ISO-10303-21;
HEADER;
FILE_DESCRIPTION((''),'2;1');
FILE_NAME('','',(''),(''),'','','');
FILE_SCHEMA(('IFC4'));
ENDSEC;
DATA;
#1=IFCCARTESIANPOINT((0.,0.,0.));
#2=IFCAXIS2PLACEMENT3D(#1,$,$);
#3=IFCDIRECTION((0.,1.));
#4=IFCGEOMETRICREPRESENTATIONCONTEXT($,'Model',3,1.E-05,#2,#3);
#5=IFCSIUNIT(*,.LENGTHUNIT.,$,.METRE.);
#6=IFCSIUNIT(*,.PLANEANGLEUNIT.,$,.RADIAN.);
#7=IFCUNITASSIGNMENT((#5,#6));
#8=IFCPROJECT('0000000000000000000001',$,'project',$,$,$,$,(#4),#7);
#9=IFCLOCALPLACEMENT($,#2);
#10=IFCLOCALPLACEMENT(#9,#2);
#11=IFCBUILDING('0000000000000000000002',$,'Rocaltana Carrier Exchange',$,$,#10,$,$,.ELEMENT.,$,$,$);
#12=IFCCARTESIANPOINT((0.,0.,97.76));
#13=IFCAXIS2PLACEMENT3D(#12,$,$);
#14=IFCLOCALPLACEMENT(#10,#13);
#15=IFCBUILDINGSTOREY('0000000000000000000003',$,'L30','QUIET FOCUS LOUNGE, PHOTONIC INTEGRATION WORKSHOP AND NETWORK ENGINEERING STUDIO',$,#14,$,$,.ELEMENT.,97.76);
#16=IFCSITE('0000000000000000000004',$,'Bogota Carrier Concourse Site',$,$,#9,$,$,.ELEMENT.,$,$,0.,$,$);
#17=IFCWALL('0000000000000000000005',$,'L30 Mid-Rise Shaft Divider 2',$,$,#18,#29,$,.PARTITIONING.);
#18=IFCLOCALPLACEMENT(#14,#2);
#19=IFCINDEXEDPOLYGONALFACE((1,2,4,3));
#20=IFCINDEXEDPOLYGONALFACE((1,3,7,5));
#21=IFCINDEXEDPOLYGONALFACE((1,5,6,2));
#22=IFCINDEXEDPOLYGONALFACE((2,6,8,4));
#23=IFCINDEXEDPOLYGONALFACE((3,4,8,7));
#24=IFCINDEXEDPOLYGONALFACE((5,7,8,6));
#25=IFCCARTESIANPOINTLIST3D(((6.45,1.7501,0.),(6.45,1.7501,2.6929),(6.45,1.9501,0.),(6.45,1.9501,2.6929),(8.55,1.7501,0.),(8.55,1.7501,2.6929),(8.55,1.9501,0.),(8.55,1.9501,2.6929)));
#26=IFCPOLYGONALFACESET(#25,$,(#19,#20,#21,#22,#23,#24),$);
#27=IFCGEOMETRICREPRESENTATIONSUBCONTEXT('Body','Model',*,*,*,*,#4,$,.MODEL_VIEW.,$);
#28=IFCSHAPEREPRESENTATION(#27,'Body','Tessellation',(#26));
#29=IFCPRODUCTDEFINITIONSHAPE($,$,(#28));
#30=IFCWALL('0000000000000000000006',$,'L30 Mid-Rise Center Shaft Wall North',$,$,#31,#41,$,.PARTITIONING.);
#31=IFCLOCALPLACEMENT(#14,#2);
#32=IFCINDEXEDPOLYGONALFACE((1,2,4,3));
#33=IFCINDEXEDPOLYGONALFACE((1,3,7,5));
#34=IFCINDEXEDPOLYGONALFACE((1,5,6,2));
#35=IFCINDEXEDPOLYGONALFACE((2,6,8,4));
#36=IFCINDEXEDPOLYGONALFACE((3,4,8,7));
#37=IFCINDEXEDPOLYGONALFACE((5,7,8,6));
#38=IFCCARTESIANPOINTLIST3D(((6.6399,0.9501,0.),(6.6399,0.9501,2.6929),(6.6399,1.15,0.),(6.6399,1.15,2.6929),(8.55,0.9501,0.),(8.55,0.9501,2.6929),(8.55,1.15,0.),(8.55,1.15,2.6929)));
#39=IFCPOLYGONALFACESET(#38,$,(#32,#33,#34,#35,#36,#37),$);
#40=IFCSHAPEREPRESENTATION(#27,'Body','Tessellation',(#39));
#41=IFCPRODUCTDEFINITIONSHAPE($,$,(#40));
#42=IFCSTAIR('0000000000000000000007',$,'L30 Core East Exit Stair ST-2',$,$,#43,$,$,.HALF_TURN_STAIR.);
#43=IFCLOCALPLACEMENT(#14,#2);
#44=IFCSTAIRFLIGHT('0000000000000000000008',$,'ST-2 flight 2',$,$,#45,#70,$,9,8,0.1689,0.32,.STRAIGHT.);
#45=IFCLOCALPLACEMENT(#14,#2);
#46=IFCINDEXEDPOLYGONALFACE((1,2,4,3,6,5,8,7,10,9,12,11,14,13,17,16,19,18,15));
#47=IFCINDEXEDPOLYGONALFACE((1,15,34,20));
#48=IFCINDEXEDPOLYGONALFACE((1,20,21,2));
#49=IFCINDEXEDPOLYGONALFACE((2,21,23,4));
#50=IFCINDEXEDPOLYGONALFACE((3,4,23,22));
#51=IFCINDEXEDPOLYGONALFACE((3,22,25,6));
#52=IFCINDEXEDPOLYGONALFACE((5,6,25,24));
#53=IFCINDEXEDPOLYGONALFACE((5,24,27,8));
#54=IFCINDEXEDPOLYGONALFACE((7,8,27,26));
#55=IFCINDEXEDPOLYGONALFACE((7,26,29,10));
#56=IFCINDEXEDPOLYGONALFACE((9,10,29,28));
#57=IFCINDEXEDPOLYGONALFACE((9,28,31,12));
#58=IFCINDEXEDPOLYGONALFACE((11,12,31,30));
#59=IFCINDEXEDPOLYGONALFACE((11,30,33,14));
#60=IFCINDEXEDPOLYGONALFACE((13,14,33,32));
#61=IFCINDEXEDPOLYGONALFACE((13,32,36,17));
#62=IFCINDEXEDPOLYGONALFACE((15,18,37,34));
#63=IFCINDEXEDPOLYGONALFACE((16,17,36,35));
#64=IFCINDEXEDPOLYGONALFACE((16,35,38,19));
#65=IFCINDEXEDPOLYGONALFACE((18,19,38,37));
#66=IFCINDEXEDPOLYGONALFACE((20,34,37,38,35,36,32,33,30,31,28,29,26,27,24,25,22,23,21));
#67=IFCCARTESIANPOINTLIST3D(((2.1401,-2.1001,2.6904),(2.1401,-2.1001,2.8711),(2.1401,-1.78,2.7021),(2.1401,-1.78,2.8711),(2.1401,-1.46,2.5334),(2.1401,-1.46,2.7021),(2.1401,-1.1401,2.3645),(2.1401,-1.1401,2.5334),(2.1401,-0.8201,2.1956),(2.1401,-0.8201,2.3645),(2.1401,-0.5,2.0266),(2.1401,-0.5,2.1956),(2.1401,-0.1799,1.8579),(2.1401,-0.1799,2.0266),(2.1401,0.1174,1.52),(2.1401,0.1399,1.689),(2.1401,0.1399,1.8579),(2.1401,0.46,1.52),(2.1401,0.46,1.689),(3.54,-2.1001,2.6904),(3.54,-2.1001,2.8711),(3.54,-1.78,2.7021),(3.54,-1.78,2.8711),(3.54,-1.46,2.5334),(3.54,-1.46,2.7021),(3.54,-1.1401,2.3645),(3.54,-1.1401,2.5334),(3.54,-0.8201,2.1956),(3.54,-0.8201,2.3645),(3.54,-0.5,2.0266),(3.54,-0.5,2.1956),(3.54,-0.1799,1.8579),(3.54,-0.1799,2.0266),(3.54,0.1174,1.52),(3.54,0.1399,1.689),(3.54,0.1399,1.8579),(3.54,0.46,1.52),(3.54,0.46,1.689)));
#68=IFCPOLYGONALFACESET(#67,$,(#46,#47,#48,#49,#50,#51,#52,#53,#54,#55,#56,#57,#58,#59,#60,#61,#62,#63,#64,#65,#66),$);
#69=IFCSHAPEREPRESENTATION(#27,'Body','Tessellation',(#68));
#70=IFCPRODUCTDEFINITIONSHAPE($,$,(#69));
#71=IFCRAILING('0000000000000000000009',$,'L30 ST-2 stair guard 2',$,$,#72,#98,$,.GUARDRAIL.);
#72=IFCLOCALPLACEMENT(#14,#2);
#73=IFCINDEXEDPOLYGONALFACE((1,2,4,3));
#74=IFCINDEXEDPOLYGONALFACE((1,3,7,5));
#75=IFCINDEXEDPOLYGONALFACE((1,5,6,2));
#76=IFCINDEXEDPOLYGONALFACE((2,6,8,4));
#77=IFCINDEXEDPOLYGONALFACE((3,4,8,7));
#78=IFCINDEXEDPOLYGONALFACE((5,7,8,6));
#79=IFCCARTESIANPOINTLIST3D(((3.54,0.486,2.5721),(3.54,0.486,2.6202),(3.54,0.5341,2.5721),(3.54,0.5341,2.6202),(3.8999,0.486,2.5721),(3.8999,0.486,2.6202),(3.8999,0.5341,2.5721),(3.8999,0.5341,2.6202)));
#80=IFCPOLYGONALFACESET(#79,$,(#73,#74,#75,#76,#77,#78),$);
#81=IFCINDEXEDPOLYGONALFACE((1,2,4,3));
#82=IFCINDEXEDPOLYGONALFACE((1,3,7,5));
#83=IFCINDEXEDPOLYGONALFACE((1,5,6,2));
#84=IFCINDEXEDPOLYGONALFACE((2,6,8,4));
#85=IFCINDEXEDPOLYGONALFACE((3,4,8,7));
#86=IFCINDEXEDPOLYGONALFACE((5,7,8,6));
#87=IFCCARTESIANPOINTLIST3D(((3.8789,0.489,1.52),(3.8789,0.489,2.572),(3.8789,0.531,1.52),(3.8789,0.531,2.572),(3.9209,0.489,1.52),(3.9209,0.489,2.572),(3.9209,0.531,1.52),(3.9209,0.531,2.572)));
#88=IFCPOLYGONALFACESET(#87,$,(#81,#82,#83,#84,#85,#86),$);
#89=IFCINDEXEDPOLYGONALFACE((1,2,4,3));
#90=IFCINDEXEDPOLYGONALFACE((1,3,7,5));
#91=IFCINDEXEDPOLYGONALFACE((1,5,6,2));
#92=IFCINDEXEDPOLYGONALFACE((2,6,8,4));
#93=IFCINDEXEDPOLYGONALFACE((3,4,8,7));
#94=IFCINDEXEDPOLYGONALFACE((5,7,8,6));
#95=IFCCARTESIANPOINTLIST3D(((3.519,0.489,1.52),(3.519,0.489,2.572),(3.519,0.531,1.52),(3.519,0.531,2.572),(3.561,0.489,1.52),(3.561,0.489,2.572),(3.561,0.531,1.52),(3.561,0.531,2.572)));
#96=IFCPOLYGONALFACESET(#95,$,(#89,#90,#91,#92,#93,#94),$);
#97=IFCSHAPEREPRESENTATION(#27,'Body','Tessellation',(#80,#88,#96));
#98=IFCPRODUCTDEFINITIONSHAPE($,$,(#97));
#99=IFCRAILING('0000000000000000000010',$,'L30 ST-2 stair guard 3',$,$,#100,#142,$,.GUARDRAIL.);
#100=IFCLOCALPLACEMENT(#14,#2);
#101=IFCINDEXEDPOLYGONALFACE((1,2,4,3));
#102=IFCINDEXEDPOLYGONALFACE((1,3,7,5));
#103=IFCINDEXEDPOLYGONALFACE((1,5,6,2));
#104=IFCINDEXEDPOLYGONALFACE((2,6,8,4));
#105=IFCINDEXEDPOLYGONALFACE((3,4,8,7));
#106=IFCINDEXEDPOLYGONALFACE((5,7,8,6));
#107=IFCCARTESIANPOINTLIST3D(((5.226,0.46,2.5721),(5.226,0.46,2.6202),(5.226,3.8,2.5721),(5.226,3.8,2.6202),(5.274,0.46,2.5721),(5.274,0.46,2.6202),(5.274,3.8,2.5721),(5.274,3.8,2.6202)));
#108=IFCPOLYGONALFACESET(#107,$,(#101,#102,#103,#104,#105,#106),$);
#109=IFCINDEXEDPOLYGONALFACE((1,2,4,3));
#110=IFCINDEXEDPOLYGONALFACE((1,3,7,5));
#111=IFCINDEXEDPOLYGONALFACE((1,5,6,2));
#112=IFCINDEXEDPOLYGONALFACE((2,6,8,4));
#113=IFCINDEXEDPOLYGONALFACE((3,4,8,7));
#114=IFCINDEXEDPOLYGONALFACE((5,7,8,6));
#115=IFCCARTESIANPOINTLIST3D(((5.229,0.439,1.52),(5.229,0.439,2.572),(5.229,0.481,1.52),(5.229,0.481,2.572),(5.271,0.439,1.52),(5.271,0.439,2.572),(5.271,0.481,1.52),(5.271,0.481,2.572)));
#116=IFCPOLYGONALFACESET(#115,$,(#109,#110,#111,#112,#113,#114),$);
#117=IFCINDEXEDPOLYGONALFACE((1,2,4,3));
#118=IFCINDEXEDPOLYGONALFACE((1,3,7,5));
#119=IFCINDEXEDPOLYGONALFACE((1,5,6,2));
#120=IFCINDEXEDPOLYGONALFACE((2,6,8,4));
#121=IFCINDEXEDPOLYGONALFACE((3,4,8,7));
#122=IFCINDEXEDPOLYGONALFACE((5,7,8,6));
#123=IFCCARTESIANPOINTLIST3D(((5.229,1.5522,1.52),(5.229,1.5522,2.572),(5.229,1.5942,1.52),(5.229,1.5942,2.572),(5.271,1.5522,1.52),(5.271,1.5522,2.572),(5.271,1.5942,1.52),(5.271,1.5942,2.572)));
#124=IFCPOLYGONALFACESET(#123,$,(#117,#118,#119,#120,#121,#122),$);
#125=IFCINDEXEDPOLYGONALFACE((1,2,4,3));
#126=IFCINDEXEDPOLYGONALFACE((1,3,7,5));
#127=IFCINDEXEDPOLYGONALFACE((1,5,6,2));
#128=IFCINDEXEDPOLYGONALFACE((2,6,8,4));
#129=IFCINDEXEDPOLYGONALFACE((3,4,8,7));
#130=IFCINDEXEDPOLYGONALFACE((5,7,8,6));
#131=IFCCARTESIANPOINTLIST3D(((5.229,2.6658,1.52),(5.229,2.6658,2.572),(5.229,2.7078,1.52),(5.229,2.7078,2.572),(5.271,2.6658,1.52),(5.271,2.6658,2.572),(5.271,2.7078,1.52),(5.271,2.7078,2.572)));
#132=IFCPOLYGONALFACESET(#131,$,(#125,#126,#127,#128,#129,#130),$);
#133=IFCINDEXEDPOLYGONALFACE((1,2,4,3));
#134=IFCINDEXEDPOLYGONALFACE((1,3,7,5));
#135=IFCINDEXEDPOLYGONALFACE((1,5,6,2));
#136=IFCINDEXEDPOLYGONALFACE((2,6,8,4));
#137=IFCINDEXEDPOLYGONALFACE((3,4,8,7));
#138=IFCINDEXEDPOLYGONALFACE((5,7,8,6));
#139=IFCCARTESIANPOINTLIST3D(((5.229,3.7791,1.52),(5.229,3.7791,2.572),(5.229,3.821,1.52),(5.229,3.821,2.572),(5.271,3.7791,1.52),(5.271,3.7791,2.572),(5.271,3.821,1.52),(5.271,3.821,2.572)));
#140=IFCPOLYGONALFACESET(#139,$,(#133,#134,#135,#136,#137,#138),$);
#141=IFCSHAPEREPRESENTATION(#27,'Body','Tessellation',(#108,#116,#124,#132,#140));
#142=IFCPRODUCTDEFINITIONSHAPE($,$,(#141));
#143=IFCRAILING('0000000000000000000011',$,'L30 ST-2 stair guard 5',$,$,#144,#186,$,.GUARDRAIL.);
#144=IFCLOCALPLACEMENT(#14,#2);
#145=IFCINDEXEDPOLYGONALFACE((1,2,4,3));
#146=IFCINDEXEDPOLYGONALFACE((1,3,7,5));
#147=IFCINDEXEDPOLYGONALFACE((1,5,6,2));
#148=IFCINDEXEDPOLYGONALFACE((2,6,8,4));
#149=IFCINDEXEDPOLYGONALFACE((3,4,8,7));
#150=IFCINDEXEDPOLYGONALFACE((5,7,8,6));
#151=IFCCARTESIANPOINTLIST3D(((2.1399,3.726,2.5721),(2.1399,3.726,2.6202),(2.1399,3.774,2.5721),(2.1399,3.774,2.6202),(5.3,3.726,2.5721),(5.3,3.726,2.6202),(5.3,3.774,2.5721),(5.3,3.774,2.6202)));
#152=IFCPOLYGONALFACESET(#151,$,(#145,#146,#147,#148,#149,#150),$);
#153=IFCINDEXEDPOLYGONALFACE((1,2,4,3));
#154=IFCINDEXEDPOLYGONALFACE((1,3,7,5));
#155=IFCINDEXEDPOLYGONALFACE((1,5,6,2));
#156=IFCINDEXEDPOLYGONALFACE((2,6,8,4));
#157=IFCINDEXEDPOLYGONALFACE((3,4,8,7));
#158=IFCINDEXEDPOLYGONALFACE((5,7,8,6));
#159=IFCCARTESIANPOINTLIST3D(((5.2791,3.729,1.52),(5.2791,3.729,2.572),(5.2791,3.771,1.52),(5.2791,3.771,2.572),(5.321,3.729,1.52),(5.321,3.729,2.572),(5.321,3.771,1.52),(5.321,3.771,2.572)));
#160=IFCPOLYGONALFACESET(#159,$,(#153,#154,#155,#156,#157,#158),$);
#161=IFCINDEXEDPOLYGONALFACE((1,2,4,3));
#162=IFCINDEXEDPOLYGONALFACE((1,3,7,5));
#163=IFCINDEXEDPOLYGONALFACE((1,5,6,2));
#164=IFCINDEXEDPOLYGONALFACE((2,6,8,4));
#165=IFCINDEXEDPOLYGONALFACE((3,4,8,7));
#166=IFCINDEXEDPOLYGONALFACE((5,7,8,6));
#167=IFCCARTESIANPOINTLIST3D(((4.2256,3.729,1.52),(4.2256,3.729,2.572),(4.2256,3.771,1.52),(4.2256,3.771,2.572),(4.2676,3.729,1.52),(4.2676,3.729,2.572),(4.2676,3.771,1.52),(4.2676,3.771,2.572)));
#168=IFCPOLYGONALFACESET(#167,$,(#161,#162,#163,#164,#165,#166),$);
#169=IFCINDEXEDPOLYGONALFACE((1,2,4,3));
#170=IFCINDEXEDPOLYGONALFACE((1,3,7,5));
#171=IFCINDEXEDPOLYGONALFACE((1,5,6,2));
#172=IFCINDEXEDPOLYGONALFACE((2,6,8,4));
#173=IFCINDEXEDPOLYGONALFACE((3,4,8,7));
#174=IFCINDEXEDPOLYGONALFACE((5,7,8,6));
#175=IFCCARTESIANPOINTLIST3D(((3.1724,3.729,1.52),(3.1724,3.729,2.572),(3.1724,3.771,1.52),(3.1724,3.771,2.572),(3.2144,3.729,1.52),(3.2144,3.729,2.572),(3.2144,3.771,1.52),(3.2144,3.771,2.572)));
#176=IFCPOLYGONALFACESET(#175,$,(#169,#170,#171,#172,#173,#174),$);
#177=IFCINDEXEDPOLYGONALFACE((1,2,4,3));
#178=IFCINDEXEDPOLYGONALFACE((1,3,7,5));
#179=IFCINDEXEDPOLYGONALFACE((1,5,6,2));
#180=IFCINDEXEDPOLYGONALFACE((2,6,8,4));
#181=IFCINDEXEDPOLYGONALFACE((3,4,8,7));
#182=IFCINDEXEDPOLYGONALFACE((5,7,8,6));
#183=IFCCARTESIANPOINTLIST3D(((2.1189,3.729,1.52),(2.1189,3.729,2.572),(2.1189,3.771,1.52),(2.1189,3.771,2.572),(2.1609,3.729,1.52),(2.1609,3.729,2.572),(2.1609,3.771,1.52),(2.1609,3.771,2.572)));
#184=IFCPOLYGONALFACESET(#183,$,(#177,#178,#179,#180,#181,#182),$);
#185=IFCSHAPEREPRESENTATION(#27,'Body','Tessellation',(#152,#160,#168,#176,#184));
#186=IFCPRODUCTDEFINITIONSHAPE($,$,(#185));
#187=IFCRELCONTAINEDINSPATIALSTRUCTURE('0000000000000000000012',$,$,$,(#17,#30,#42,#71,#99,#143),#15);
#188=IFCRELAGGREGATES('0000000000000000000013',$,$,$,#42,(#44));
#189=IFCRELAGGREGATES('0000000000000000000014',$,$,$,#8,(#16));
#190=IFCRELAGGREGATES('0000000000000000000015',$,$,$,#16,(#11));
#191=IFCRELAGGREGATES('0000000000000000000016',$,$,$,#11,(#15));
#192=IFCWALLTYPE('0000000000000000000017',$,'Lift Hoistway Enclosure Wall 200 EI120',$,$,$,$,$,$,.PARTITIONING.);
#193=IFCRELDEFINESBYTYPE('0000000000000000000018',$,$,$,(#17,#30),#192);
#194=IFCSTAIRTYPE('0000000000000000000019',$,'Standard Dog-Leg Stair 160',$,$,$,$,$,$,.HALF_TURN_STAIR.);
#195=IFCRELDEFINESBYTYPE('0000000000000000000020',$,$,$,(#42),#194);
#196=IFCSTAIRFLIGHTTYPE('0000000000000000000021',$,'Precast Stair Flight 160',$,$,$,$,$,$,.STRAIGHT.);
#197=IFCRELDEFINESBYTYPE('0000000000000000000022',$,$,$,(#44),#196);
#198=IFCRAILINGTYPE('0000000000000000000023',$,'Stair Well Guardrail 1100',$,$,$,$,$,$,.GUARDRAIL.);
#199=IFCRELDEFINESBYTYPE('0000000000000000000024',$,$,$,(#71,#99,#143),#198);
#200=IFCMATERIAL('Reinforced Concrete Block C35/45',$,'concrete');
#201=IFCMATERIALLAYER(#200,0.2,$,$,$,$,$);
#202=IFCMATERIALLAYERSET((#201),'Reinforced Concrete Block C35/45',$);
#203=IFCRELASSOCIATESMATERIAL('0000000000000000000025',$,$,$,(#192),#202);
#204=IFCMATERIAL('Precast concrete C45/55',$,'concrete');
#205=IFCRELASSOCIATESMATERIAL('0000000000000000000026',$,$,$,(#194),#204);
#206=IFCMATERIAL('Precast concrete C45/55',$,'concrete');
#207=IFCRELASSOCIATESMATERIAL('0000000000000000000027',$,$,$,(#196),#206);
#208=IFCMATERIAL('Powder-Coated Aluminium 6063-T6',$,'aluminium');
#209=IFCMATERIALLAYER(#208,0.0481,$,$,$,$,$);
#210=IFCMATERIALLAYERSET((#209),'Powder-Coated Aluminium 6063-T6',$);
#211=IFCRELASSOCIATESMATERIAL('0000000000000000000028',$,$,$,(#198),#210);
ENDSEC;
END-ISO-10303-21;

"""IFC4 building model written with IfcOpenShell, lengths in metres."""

from ifc_helpers import new_model, si_unit, direction, frame, frame_2d, origin, origin_2d, place, context, subcontext, project, spatial, polyline, rectangle, outline, extrude, material, layer, layer_set, type_object, element, aggregate, save


model = new_model("IFC4")

# Units and contexts
model_context = context("Model", 3, precision=1e-05, world=origin(), true_north=direction((0.0, 1.0)))
body_context = subcontext(model_context, "Body", "Model", "MODEL_VIEW")
ifc_project = project(units=[si_unit("LENGTHUNIT", "METRE"), si_unit("PLANEANGLEUNIT", "RADIAN")], contexts=[model_context])

# Site, building, storey
site_placement = place(None, origin())
site = spatial("IfcSite", under=ifc_project, at=site_placement, Name="Bogota Carrier Concourse Site", CompositionType="ELEMENT", RefElevation=0.0)
building_placement = place(site_placement, origin())
building = spatial("IfcBuilding", under=site, at=building_placement, Name="Rocaltana Carrier Exchange", CompositionType="ELEMENT")
storey_placement = place(building_placement, frame((0.0, 0.0, 97.76)))
storey = spatial("IfcBuildingStorey", under=building, at=storey_placement, Name="L30", Description="QUIET FOCUS LOUNGE, PHOTONIC INTEGRATION WORKSHOP AND NETWORK ENGINEERING STUDIO", CompositionType="ELEMENT", Elevation=97.76)

# Walls
ifc_material_1 = material(Name="Reinforced Concrete Block C35/45", Category="concrete")
ifc_layer_1 = layer(ifc_material_1, 0.2)
ifc_layer_set_1 = layer_set([ifc_layer_1], Name="Reinforced Concrete Block C35/45")
wall_type_1 = type_object("IfcWallType", Name="Lift Hoistway Enclosure Wall 200 EI120", PredefinedType="PARTITIONING", material=ifc_layer_set_1)
wall_1_placement = place(storey_placement, frame((6.45, 1.8501, 0.0), z_axis=(0.0, 0.0, 1.0), x_axis=(1.0, 0.0, 0.0)))
element("IfcWall", 1, at=wall_1_placement, inside=storey, type_object=wall_type_1, Name="L30 Mid-Rise Shaft Divider 2", PredefinedType="PARTITIONING", context=body_context, shape_type="SweptSolid", body=[
    extrude(rectangle(XDim=2.1001, YDim=0.2, at=frame_2d((1.05, 0.0))), origin(), (0.0, 0.0, 1.0), 2.6929),
])
wall_2_placement = place(storey_placement, frame((6.6399, 1.05, 0.0), z_axis=(0.0, 0.0, 1.0), x_axis=(1.0, 0.0, 0.0)))
element("IfcWall", 2, at=wall_2_placement, inside=storey, type_object=wall_type_1, Name="L30 Mid-Rise Center Shaft Wall North", PredefinedType="PARTITIONING", context=body_context, shape_type="SweptSolid", body=[
    extrude(rectangle(XDim=1.9102, YDim=0.2, at=frame_2d((0.9551, 0.0))), origin(), (0.0, 0.0, 1.0), 2.6929),
])

# Stair, stair flight
ifc_material_2 = material(Name="Precast concrete C45/55", Category="concrete")
stair_type = type_object("IfcStairType", Name="Standard Dog-Leg Stair 160", PredefinedType="HALF_TURN_STAIR", material=ifc_material_2)
stair_placement = place(storey_placement, origin())
stair = element("IfcStair", 3, at=stair_placement, inside=storey, type_object=stair_type, Name="L30 Core East Exit Stair ST-2", PredefinedType="HALF_TURN_STAIR")
ifc_material_3 = material(Name="Precast concrete C45/55", Category="concrete")
stair_flight_type = type_object("IfcStairFlightType", Name="Precast Stair Flight 160", PredefinedType="STRAIGHT", material=ifc_material_3)
stair_flight_placement = place(storey_placement, frame((2.8401, 0.46, 1.52), z_axis=(0.0, 0.0, 1.0), x_axis=(0.0, -1.0, 0.0)))
stair_flight = element("IfcStairFlight", 4, at=stair_flight_placement, type_object=stair_flight_type, Name="ST-2 flight 2", NumberOfRisers=9, NumberOfTreads=8, PredefinedType="STRAIGHT", RiserHeight=0.1689, TreadLength=0.32, context=body_context, shape_type="SweptSolid", body=[
    extrude(outline(polyline([(0.0, 0.0), (0.0, 0.1689), (0.3201, 0.1689), (0.3201, 0.3379), (0.6399, 0.3379), (0.6399, 0.5066), (0.96, 0.5066), (0.96, 0.6755), (1.28, 0.6755), (1.28, 0.8445), (1.6001, 0.8445), (1.6001, 1.0134), (1.9199, 1.0134), (1.9199, 1.1821), (2.24, 1.1821), (2.24, 1.3511), (2.5601, 1.3511), (2.5601, 1.52), (2.5601, 1.1704), (0.3425, 0.0), (0.0, 0.0)])), frame((0.0, 0.7, 0.0), z_axis=(0.0, -1.0, 0.0), x_axis=(1.0, 0.0, 0.0)), (0.0, 0.0, 1.0), 1.3999),
])
aggregate(stair, [stair_flight])

# Railings
ifc_material_4 = material(Name="Powder-Coated Aluminium 6063-T6", Category="aluminium")
ifc_layer_2 = layer(ifc_material_4, 0.0481)
ifc_layer_set_2 = layer_set([ifc_layer_2], Name="Powder-Coated Aluminium 6063-T6")
railing_type = type_object("IfcRailingType", Name="Stair Well Guardrail 1100", PredefinedType="GUARDRAIL", material=ifc_layer_set_2)
railing_1_placement = place(storey_placement, frame((3.8999, 0.51, 1.52)))
element("IfcRailing", 5, at=railing_1_placement, inside=storey, type_object=railing_type, Name="L30 ST-2 stair guard 2", PredefinedType="GUARDRAIL", context=body_context, shape_type="SweptSolid", body=[
    extrude(rectangle(XDim=0.0481, YDim=0.0481, at=origin_2d()), frame((0.0, 0.0, 1.0762), z_axis=(-1.0, 0.0, 0.0), x_axis=(0.0, -1.0, 0.0)), (0.0, 0.0, 1.0), 0.3599),
    extrude(rectangle(XDim=0.042, YDim=0.042, at=origin_2d()), origin(), (0.0, 0.0, 1.0), 1.052),
    extrude(rectangle(XDim=0.042, YDim=0.042, at=origin_2d()), frame((-0.3599, 0.0, 0.0)), (0.0, 0.0, 1.0), 1.052),
])
railing_2_placement = place(storey_placement, frame((5.25, 0.46, 1.52)))
element("IfcRailing", 6, at=railing_2_placement, inside=storey, type_object=railing_type, Name="L30 ST-2 stair guard 3", PredefinedType="GUARDRAIL", context=body_context, shape_type="SweptSolid", body=[
    extrude(rectangle(XDim=0.0481, YDim=0.0481, at=origin_2d()), frame((0.0, 0.0, 1.0762), z_axis=(0.0, 1.0, 0.0), x_axis=(-1.0, 0.0, 0.0)), (0.0, 0.0, 1.0), 3.3401),
    extrude(rectangle(XDim=0.042, YDim=0.042, at=origin_2d()), origin(), (0.0, 0.0, 1.0), 1.052),
    extrude(rectangle(XDim=0.042, YDim=0.042, at=origin_2d()), frame((0.0, 1.1133, 0.0)), (0.0, 0.0, 1.0), 1.052),
    extrude(rectangle(XDim=0.042, YDim=0.042, at=origin_2d()), frame((0.0, 2.2268, 0.0)), (0.0, 0.0, 1.0), 1.052),
    extrude(rectangle(XDim=0.042, YDim=0.042, at=origin_2d()), frame((0.0, 3.3401, 0.0)), (0.0, 0.0, 1.0), 1.052),
])
railing_3_placement = place(storey_placement, frame((5.3, 3.75, 1.52)))
element("IfcRailing", 7, at=railing_3_placement, inside=storey, type_object=railing_type, Name="L30 ST-2 stair guard 5", PredefinedType="GUARDRAIL", context=body_context, shape_type="SweptSolid", body=[
    extrude(rectangle(XDim=0.0481, YDim=0.0481, at=origin_2d()), frame((0.0, 0.0, 1.0762), z_axis=(-1.0, 0.0, 0.0), x_axis=(0.0, -1.0, 0.0)), (0.0, 0.0, 1.0), 3.1602),
    extrude(rectangle(XDim=0.042, YDim=0.042, at=origin_2d()), origin(), (0.0, 0.0, 1.0), 1.052),
    extrude(rectangle(XDim=0.042, YDim=0.042, at=origin_2d()), frame((-1.0535, 0.0, 0.0)), (0.0, 0.0, 1.0), 1.052),
    extrude(rectangle(XDim=0.042, YDim=0.042, at=origin_2d()), frame((-2.1067, 0.0, 0.0)), (0.0, 0.0, 1.0), 1.052),
    extrude(rectangle(XDim=0.042, YDim=0.042, at=origin_2d()), frame((-3.1602, 0.0, 0.0)), (0.0, 0.0, 1.0), 1.052),
])

save(model, "model.ifc")
